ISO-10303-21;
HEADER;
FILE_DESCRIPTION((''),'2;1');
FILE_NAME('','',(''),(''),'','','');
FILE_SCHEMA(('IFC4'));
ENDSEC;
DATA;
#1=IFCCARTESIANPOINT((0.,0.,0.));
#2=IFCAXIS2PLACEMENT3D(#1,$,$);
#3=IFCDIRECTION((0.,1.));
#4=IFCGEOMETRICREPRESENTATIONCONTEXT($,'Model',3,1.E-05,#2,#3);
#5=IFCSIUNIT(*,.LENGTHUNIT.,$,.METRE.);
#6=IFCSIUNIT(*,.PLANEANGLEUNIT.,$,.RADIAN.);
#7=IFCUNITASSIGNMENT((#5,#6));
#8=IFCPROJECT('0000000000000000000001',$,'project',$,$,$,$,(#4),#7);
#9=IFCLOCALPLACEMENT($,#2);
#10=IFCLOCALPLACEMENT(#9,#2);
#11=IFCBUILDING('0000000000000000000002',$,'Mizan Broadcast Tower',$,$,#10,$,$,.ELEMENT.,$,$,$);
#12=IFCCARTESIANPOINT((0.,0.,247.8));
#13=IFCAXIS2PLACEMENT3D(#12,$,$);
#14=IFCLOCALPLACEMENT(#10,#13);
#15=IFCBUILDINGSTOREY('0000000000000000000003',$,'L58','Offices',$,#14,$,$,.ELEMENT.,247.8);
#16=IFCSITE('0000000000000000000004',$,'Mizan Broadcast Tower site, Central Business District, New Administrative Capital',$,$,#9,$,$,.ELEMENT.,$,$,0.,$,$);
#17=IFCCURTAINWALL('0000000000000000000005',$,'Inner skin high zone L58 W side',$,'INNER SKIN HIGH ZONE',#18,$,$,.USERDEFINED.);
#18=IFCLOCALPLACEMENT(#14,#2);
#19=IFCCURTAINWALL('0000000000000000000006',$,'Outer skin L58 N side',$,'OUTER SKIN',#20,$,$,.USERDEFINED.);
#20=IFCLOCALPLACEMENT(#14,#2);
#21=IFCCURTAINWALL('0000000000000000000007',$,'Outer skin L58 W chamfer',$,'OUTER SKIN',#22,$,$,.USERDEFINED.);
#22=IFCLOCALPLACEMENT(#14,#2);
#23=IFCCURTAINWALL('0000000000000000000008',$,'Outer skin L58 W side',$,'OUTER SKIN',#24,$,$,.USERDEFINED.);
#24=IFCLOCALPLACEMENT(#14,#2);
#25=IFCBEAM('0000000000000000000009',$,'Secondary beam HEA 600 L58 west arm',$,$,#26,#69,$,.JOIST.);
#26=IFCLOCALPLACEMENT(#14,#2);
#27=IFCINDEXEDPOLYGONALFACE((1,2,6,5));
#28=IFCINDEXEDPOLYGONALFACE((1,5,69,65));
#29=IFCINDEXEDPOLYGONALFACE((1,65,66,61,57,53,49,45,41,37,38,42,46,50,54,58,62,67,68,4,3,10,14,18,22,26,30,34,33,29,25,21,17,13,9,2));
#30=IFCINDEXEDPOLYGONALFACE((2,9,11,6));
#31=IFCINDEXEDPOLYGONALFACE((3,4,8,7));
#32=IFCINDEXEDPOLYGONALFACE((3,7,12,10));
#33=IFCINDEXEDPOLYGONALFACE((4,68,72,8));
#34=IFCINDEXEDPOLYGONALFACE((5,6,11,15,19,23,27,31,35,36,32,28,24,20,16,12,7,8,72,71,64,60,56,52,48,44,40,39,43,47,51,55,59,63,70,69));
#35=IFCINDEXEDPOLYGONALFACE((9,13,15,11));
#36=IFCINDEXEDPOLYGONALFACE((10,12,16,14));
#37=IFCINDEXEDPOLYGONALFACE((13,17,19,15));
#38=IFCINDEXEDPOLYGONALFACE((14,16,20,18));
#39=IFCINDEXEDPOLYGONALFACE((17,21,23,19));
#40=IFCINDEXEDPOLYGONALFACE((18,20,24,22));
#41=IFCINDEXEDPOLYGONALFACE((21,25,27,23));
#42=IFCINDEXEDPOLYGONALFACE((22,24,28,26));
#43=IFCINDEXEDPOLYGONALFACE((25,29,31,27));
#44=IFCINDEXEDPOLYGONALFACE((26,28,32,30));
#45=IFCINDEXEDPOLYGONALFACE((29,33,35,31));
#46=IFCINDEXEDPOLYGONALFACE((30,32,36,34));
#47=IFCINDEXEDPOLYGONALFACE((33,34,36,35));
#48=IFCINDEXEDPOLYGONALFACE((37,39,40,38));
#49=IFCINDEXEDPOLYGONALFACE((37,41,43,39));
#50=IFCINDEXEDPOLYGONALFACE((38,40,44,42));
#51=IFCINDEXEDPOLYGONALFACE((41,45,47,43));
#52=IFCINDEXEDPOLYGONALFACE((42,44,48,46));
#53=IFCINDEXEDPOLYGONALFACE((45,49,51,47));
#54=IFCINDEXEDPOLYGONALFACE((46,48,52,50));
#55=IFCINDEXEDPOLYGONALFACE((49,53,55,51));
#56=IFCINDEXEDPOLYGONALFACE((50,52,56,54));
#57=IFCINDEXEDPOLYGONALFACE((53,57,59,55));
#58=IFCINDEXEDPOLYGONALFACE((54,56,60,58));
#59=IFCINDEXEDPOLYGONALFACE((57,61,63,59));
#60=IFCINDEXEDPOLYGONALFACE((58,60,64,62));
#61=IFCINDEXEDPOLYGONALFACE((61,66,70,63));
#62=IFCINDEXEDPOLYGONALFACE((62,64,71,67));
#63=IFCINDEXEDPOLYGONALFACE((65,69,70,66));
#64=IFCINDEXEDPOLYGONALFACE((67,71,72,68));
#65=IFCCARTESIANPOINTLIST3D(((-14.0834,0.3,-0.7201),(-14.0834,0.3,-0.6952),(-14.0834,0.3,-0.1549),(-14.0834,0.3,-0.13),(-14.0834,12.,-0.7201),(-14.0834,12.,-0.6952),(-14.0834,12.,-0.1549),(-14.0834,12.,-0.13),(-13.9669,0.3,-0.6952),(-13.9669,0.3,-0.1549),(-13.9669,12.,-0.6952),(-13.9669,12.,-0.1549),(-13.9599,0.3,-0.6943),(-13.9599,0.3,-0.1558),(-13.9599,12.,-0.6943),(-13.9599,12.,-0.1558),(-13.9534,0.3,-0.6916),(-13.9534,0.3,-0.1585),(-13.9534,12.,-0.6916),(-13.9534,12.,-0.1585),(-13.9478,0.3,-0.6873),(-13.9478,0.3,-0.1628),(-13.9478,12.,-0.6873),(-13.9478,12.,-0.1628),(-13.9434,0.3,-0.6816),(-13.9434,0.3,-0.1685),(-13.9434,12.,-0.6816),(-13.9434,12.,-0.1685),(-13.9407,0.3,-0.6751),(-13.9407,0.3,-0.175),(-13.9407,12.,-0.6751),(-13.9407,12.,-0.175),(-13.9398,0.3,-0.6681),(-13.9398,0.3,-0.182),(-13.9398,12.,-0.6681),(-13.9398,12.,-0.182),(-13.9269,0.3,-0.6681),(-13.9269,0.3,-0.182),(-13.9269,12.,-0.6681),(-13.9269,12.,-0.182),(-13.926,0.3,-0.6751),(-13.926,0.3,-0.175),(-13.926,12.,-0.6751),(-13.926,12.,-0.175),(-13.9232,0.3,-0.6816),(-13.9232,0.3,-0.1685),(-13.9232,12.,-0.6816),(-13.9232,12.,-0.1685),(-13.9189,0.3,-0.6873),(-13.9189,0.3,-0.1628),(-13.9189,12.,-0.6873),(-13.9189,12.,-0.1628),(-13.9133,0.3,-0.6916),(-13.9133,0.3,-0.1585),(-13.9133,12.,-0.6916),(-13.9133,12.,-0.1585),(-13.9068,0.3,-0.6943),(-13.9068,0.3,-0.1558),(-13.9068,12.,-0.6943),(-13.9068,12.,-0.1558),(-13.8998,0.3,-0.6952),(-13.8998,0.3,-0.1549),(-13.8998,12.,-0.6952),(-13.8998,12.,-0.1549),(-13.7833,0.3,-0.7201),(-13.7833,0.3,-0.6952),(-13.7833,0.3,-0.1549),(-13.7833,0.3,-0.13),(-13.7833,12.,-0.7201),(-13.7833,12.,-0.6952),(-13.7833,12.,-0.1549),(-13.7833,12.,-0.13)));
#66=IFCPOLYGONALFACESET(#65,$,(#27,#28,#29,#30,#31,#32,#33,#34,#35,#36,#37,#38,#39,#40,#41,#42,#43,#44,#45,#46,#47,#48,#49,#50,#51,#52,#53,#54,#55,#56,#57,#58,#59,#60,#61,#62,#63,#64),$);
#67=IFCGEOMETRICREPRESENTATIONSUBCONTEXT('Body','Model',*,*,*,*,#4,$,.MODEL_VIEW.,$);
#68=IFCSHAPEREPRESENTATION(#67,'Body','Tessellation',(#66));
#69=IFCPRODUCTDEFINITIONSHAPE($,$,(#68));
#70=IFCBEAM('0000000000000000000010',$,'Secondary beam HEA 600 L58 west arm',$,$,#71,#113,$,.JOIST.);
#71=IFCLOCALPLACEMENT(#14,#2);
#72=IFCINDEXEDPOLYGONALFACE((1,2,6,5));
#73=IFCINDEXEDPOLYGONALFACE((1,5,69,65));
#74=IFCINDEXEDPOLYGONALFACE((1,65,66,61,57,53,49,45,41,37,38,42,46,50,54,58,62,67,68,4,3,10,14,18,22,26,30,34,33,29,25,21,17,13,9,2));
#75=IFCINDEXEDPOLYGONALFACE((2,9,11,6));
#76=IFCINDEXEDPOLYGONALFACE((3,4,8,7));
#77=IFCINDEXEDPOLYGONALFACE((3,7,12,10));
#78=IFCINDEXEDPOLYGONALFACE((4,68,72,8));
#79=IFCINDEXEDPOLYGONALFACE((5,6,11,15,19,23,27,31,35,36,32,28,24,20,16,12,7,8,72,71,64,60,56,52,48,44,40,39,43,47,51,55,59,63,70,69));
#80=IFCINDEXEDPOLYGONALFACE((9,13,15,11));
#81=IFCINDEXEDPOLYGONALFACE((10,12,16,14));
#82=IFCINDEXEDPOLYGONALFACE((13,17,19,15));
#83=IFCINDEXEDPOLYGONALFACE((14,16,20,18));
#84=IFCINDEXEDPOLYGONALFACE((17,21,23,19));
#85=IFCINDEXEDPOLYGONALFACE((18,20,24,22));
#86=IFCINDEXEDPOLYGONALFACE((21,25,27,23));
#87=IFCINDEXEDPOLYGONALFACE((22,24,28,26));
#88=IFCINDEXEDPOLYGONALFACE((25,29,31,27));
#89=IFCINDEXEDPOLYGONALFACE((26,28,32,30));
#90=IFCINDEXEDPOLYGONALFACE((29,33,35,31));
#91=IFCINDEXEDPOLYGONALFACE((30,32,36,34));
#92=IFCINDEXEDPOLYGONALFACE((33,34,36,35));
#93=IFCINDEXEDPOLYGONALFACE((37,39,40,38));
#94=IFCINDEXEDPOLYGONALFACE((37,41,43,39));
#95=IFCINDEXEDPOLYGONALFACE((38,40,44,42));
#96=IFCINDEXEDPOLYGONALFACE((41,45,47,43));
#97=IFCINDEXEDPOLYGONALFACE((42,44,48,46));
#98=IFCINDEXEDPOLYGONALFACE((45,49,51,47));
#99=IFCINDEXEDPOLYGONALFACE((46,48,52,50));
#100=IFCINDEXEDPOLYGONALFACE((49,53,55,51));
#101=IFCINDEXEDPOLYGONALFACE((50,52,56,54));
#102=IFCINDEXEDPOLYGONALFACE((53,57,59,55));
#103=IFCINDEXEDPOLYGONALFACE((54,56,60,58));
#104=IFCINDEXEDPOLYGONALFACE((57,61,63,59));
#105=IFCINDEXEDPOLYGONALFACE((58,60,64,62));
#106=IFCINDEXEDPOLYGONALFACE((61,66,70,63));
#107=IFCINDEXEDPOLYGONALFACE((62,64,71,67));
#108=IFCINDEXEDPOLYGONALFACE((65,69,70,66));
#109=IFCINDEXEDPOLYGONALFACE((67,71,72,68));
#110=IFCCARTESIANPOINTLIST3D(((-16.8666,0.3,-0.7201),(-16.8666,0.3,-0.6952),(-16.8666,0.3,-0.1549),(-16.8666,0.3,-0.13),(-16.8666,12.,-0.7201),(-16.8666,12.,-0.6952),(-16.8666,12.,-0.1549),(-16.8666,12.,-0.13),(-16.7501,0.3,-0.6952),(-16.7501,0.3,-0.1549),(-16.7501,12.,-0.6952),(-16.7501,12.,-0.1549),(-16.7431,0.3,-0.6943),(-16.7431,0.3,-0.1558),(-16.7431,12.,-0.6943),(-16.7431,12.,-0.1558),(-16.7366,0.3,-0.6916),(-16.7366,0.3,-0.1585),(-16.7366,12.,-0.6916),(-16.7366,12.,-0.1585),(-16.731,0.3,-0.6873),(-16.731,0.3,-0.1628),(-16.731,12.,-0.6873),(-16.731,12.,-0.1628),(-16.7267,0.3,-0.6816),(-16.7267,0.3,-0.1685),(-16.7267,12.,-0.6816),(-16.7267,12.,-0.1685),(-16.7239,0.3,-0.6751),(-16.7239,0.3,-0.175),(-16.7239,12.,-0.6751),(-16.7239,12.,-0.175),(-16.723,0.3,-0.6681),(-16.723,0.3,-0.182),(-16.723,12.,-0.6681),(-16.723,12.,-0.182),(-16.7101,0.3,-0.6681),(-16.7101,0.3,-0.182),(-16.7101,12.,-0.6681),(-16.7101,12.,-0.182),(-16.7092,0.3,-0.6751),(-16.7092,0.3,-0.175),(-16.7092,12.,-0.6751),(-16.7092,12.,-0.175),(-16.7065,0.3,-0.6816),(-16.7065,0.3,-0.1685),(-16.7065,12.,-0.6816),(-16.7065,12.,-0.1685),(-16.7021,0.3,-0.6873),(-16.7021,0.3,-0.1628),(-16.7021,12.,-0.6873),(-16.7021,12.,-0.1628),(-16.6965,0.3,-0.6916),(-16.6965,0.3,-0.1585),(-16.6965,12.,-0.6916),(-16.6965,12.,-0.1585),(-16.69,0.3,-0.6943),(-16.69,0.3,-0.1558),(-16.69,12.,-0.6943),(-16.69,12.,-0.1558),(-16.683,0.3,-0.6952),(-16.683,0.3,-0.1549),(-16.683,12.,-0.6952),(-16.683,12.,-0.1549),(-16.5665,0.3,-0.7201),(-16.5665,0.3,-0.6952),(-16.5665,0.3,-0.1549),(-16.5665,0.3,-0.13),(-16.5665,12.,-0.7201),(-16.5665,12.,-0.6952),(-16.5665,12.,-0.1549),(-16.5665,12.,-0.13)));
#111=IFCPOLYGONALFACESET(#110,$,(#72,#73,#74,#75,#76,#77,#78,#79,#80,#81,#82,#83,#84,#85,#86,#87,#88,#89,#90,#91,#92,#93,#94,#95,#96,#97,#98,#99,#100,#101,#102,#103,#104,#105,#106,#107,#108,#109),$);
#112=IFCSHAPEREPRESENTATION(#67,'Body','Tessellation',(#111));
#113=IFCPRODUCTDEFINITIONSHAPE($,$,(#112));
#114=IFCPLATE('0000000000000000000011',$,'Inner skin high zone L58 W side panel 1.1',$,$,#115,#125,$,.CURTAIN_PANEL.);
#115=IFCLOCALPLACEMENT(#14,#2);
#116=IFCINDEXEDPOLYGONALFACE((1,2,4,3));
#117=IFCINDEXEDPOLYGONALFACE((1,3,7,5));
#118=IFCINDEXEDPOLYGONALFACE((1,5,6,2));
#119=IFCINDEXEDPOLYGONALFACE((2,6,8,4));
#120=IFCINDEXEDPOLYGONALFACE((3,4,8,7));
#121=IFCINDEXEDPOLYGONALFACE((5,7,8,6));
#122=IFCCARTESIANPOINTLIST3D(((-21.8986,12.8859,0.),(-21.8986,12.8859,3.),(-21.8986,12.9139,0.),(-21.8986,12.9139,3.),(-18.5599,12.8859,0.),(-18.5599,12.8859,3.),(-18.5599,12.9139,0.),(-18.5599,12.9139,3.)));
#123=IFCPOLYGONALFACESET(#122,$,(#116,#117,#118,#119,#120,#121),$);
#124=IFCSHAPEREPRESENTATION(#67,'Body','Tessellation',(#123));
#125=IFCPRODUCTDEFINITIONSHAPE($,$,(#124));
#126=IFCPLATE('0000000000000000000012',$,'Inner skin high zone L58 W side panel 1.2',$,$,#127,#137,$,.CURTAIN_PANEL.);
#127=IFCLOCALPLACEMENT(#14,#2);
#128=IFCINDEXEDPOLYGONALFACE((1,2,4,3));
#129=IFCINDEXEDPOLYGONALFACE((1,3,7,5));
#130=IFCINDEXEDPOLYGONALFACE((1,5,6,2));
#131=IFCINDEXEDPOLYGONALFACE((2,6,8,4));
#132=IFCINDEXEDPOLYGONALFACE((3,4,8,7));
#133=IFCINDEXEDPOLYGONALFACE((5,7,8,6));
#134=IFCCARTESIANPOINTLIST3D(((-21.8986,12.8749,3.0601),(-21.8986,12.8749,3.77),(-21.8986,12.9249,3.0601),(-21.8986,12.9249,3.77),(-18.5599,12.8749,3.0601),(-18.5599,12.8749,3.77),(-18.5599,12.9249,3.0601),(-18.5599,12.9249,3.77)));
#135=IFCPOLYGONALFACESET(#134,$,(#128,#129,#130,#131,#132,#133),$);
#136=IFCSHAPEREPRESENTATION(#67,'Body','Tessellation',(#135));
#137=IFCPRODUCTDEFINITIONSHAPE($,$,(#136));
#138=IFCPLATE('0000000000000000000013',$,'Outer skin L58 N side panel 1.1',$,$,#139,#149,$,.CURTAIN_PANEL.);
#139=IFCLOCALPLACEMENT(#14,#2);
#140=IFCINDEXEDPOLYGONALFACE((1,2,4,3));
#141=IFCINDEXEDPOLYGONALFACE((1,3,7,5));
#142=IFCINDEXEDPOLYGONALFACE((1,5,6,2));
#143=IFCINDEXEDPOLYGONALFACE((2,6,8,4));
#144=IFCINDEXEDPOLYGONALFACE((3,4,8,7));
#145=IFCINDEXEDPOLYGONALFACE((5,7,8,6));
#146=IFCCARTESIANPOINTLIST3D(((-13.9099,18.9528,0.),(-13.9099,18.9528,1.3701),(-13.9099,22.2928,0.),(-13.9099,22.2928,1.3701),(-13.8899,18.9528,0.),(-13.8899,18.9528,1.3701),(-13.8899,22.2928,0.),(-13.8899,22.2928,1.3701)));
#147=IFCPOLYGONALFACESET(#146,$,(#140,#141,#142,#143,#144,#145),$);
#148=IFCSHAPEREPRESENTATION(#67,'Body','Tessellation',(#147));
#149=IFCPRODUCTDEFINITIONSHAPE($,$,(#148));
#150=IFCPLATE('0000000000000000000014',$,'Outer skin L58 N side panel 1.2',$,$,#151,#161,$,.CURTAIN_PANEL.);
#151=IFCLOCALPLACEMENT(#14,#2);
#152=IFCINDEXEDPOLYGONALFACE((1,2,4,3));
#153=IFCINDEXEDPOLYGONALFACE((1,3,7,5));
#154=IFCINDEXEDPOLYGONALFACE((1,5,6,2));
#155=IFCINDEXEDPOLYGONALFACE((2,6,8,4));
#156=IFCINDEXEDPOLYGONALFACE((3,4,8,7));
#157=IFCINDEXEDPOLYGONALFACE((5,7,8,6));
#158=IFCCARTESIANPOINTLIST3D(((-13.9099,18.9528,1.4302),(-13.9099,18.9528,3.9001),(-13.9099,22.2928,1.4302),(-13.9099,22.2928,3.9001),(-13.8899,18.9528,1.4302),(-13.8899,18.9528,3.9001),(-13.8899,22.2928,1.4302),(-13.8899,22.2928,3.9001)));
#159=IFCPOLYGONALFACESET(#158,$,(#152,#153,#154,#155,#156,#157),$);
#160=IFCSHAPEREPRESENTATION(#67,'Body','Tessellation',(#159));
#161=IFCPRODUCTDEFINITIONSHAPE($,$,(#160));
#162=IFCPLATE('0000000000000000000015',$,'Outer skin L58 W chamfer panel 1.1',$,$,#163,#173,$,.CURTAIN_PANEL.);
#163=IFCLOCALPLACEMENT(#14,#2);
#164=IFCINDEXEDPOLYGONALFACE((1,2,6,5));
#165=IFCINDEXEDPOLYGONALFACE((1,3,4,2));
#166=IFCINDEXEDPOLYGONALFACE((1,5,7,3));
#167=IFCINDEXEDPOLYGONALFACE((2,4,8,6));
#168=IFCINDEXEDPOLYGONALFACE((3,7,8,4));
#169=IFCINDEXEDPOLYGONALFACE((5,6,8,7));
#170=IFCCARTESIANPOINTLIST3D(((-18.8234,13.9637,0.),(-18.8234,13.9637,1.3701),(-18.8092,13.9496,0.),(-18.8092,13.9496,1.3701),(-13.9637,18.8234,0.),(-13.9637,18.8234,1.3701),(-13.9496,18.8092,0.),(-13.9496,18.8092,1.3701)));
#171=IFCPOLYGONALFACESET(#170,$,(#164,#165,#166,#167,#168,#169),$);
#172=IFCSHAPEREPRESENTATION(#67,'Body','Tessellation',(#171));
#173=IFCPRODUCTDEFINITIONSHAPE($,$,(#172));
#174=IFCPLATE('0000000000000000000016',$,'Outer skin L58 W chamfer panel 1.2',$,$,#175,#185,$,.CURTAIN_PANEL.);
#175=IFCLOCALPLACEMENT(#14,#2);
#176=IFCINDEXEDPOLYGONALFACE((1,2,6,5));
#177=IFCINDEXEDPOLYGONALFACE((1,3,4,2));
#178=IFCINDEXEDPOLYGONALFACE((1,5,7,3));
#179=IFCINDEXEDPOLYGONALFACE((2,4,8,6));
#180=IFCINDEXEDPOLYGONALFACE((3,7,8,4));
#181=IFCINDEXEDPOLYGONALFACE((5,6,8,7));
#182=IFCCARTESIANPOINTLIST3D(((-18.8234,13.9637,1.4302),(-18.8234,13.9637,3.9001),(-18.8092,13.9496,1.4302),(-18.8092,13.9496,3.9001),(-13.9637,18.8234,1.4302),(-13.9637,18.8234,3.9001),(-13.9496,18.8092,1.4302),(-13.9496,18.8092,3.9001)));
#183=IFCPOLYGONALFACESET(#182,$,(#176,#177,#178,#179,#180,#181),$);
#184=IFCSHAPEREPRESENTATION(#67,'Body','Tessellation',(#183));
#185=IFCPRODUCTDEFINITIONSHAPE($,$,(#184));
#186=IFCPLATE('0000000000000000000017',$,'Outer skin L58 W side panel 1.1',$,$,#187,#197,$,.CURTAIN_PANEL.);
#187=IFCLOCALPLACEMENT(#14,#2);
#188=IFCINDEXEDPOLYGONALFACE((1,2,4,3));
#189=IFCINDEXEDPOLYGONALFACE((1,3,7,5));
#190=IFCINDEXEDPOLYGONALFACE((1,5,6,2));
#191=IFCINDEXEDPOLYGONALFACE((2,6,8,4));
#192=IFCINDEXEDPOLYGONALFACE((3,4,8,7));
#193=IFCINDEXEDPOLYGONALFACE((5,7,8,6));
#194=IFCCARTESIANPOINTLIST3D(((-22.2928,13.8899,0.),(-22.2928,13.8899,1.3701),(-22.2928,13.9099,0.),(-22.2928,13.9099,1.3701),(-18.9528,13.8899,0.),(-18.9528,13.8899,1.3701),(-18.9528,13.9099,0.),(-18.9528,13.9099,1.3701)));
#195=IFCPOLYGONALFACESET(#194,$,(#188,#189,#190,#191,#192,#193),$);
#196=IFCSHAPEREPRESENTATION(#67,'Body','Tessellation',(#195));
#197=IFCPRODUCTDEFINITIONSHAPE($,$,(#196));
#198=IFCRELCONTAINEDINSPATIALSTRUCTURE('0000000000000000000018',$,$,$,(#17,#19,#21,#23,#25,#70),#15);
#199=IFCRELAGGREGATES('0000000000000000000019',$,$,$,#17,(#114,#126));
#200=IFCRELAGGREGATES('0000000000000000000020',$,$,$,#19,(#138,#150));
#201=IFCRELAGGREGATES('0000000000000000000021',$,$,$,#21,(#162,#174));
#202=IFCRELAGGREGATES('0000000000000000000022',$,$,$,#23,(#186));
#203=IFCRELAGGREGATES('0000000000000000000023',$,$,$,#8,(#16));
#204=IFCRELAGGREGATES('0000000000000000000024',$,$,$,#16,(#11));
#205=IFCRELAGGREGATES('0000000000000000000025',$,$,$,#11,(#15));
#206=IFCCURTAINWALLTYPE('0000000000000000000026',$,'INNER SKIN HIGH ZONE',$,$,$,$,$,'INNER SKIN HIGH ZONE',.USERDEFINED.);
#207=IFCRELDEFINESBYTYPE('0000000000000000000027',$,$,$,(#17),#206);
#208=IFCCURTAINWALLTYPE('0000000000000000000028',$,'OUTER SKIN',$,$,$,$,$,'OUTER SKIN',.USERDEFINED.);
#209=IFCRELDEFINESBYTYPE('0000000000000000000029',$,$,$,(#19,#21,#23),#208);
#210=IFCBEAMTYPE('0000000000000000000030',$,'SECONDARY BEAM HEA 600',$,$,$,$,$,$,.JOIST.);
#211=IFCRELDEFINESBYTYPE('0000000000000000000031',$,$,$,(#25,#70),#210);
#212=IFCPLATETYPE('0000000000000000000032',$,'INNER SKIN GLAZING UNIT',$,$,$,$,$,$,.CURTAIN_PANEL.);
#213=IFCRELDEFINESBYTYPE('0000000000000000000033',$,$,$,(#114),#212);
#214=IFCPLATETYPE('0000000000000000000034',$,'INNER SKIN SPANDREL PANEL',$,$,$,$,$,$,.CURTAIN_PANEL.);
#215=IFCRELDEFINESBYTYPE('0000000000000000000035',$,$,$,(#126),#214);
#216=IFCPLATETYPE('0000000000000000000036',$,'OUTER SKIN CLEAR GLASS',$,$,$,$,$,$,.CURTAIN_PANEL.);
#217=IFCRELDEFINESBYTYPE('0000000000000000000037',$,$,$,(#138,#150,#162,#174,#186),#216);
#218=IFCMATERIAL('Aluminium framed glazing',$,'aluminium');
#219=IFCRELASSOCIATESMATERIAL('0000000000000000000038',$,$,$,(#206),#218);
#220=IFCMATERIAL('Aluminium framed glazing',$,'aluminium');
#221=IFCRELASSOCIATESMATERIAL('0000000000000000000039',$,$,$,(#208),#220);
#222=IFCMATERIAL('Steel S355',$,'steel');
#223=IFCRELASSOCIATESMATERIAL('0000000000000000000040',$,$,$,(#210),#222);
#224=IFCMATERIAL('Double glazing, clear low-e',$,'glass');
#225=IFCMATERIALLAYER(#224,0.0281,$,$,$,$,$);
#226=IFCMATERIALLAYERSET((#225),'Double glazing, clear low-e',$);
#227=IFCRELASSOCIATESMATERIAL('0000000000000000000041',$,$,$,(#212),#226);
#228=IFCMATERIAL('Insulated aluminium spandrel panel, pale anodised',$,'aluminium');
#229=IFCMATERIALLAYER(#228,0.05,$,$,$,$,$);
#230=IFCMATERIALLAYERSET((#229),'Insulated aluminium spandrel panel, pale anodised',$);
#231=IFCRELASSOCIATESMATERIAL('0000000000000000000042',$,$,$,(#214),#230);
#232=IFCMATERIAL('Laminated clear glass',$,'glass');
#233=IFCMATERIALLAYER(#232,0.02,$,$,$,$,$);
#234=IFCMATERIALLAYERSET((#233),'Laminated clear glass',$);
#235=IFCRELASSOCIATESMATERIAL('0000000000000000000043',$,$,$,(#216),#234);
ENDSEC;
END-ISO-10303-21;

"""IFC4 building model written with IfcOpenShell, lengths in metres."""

from ifc_helpers import new_model, si_unit, direction, frame, origin, origin_2d, place, context, subcontext, project, spatial, rectangle, i_section, extrude, material, layer, layer_set, material_profile, profile_set, type_object, element, aggregate, save


model = new_model("IFC4")

# Units and contexts
model_context = context("Model", 3, precision=1e-05, world=origin(), true_north=direction((0.0, 1.0)))
body_context = subcontext(model_context, "Body", "Model", "MODEL_VIEW")
ifc_project = project(units=[si_unit("LENGTHUNIT", "METRE"), si_unit("PLANEANGLEUNIT", "RADIAN")], contexts=[model_context])

# Site, building, storey
site_placement = place(None, origin())
site = spatial("IfcSite", under=ifc_project, at=site_placement, Name="Mizan Broadcast Tower site, Central Business District, New Administrative Capital", CompositionType="ELEMENT", RefElevation=0.0)
building_placement = place(site_placement, origin())
building = spatial("IfcBuilding", under=site, at=building_placement, Name="Mizan Broadcast Tower", CompositionType="ELEMENT")
storey_placement = place(building_placement, frame((0.0, 0.0, 247.8)))
storey = spatial("IfcBuildingStorey", under=building, at=storey_placement, Name="L58", Description="Offices", CompositionType="ELEMENT", Elevation=247.8)

# Shared definitions
ifc_material_1 = material(Name="Aluminium framed glazing", Category="aluminium")
curtain_wall_type_1 = type_object("IfcCurtainWallType", Name="INNER SKIN HIGH ZONE", ElementType="INNER SKIN HIGH ZONE", PredefinedType="USERDEFINED", material=ifc_material_1)

# Curtain wall
curtain_wall_1_placement = place(storey_placement, origin())
curtain_wall_1 = element("IfcCurtainWall", 1, at=curtain_wall_1_placement, inside=storey, type_object=curtain_wall_type_1, Name="Inner skin high zone L58 W side", ObjectType="INNER SKIN HIGH ZONE", PredefinedType="USERDEFINED")

# Curtain walls
ifc_material_2 = material(Name="Aluminium framed glazing", Category="aluminium")
curtain_wall_type_2 = type_object("IfcCurtainWallType", Name="OUTER SKIN", ElementType="OUTER SKIN", PredefinedType="USERDEFINED", material=ifc_material_2)
curtain_wall_2_placement = place(storey_placement, origin())
curtain_wall_2 = element("IfcCurtainWall", 2, at=curtain_wall_2_placement, inside=storey, type_object=curtain_wall_type_2, Name="Outer skin L58 N side", ObjectType="OUTER SKIN", PredefinedType="USERDEFINED")
curtain_wall_3_placement = place(storey_placement, origin())
curtain_wall_3 = element("IfcCurtainWall", 3, at=curtain_wall_3_placement, inside=storey, type_object=curtain_wall_type_2, Name="Outer skin L58 W chamfer", ObjectType="OUTER SKIN", PredefinedType="USERDEFINED")
curtain_wall_4_placement = place(storey_placement, origin())
curtain_wall_4 = element("IfcCurtainWall", 4, at=curtain_wall_4_placement, inside=storey, type_object=curtain_wall_type_2, Name="Outer skin L58 W side", ObjectType="OUTER SKIN", PredefinedType="USERDEFINED")

# Beams
ifc_material_3 = material(Name="Steel S355", Category="steel")
ifc_material_profile_1 = material_profile(ifc_material_3, i_section(OverallWidth=0.3, OverallDepth=0.5901, WebThickness=0.0129, FlangeThickness=0.0249, FilletRadius=0.0271, at=origin_2d()), Name="HEA 600")
ifc_profile_set_1 = profile_set([ifc_material_profile_1], Name="Steel S355")
beam_type = type_object("IfcBeamType", Name="SECONDARY BEAM HEA 600", PredefinedType="JOIST", material=ifc_profile_set_1)
for number, where, z_axis, x_axis, name in (
    (5, (-13.9333, 12.0, -0.425), (0.0, -1.0, 0.0), (1.0, 0.0, 0.0), "Secondary beam HEA 600 L58 west arm"),
    (6, (-16.7166, 12.0, -0.425), (0.0, -1.0, 0.0), (1.0, 0.0, 0.0), "Secondary beam HEA 600 L58 west arm"),
):
    element("IfcBeam", number, at=place(storey_placement, frame(where, z_axis=z_axis, x_axis=x_axis)), inside=storey, type_object=beam_type, Name=name, PredefinedType="JOIST", context=body_context, shape_type="SweptSolid", body=[
        extrude(i_section(OverallWidth=0.3, OverallDepth=0.5901, WebThickness=0.0129, FlangeThickness=0.0249, FilletRadius=0.0271, at=origin_2d()), origin(), (0.0, 0.0, 1.0), 11.7),
    ])

# Plates
ifc_material_4 = material(Name="Double glazing, clear low-e", Category="glass")
ifc_layer_1 = layer(ifc_material_4, 0.0281)
ifc_layer_set_1 = layer_set([ifc_layer_1], Name="Double glazing, clear low-e")
plate_type_1 = type_object("IfcPlateType", Name="INNER SKIN GLAZING UNIT", PredefinedType="CURTAIN_PANEL", material=ifc_layer_set_1)
plate_1_placement = place(storey_placement, frame((-20.2292, 12.8999, 0.0), z_axis=(0.0, 0.0, 1.0), x_axis=(-1.0, 0.0, 0.0)))
plate_1 = element("IfcPlate", 7, at=plate_1_placement, type_object=plate_type_1, Name="Inner skin high zone L58 W side panel 1.1", PredefinedType="CURTAIN_PANEL", context=body_context, shape_type="SweptSolid", body=[
    extrude(rectangle(XDim=3.3386, YDim=0.0281, at=origin_2d()), origin(), (0.0, 0.0, 1.0), 3.0),
])
ifc_material_5 = material(Name="Insulated aluminium spandrel panel, pale anodised", Category="aluminium")
ifc_layer_2 = layer(ifc_material_5, 0.05)
ifc_layer_set_2 = layer_set([ifc_layer_2], Name="Insulated aluminium spandrel panel, pale anodised")
plate_type_2 = type_object("IfcPlateType", Name="INNER SKIN SPANDREL PANEL", PredefinedType="CURTAIN_PANEL", material=ifc_layer_set_2)
plate_2_placement = place(storey_placement, frame((-20.2292, 12.8999, 3.0601), z_axis=(0.0, 0.0, 1.0), x_axis=(-1.0, 0.0, 0.0)))
plate_2 = element("IfcPlate", 8, at=plate_2_placement, type_object=plate_type_2, Name="Inner skin high zone L58 W side panel 1.2", PredefinedType="CURTAIN_PANEL", context=body_context, shape_type="SweptSolid", body=[
    extrude(rectangle(XDim=3.3386, YDim=0.05, at=origin_2d()), origin(), (0.0, 0.0, 1.0), 0.71),
])
aggregate(curtain_wall_1, [plate_1, plate_2])
ifc_material_6 = material(Name="Laminated clear glass", Category="glass")
ifc_layer_3 = layer(ifc_material_6, 0.02)
ifc_layer_set_3 = layer_set([ifc_layer_3], Name="Laminated clear glass")
plate_type_3 = type_object("IfcPlateType", Name="OUTER SKIN CLEAR GLASS", PredefinedType="CURTAIN_PANEL", material=ifc_layer_set_3)
plate_3_placement = place(storey_placement, frame((-13.8999, 20.6228, 0.0), z_axis=(0.0, 0.0, 1.0), x_axis=(0.0, -1.0, 0.0)))
plate_3 = element("IfcPlate", 9, at=plate_3_placement, type_object=plate_type_3, Name="Outer skin L58 N side panel 1.1", PredefinedType="CURTAIN_PANEL", context=body_context, shape_type="SweptSolid", body=[
    extrude(rectangle(XDim=3.3401, YDim=0.02, at=origin_2d()), origin(), (0.0, 0.0, 1.0), 1.3701),
])
plate_4_placement = place(storey_placement, frame((-13.8999, 20.6228, 1.4302), z_axis=(0.0, 0.0, 1.0), x_axis=(0.0, -1.0, 0.0)))
plate_4 = element("IfcPlate", 10, at=plate_4_placement, type_object=plate_type_3, Name="Outer skin L58 N side panel 1.2", PredefinedType="CURTAIN_PANEL", context=body_context, shape_type="SweptSolid", body=[
    extrude(rectangle(XDim=3.3401, YDim=0.02, at=origin_2d()), origin(), (0.0, 0.0, 1.0), 2.47),
])
aggregate(curtain_wall_2, [plate_3, plate_4])
plate_5_placement = place(storey_placement, frame((-16.3865, 16.3865, 0.0), z_axis=(0.0, 0.0, 1.0), x_axis=(-0.707107, -0.707107, 0.0)))
plate_5 = element("IfcPlate", 11, at=plate_5_placement, type_object=plate_type_3, Name="Outer skin L58 W chamfer panel 1.1", PredefinedType="CURTAIN_PANEL", context=body_context, shape_type="SweptSolid", body=[
    extrude(rectangle(XDim=6.8726, YDim=0.02, at=origin_2d()), origin(), (0.0, 0.0, 1.0), 1.3701),
])
plate_6_placement = place(storey_placement, frame((-16.3865, 16.3865, 1.4302), z_axis=(0.0, 0.0, 1.0), x_axis=(-0.707107, -0.707107, 0.0)))
plate_6 = element("IfcPlate", 12, at=plate_6_placement, type_object=plate_type_3, Name="Outer skin L58 W chamfer panel 1.2", PredefinedType="CURTAIN_PANEL", context=body_context, shape_type="SweptSolid", body=[
    extrude(rectangle(XDim=6.8726, YDim=0.02, at=origin_2d()), origin(), (0.0, 0.0, 1.0), 2.47),
])
aggregate(curtain_wall_3, [plate_5, plate_6])
plate_7_placement = place(storey_placement, frame((-20.6228, 13.8999, 0.0), z_axis=(0.0, 0.0, 1.0), x_axis=(-1.0, 0.0, 0.0)))
plate_7 = element("IfcPlate", 13, at=plate_7_placement, type_object=plate_type_3, Name="Outer skin L58 W side panel 1.1", PredefinedType="CURTAIN_PANEL", context=body_context, shape_type="SweptSolid", body=[
    extrude(rectangle(XDim=3.3401, YDim=0.02, at=origin_2d()), origin(), (0.0, 0.0, 1.0), 1.3701),
])
aggregate(curtain_wall_4, [plate_7])

save(model, "model.ifc")
